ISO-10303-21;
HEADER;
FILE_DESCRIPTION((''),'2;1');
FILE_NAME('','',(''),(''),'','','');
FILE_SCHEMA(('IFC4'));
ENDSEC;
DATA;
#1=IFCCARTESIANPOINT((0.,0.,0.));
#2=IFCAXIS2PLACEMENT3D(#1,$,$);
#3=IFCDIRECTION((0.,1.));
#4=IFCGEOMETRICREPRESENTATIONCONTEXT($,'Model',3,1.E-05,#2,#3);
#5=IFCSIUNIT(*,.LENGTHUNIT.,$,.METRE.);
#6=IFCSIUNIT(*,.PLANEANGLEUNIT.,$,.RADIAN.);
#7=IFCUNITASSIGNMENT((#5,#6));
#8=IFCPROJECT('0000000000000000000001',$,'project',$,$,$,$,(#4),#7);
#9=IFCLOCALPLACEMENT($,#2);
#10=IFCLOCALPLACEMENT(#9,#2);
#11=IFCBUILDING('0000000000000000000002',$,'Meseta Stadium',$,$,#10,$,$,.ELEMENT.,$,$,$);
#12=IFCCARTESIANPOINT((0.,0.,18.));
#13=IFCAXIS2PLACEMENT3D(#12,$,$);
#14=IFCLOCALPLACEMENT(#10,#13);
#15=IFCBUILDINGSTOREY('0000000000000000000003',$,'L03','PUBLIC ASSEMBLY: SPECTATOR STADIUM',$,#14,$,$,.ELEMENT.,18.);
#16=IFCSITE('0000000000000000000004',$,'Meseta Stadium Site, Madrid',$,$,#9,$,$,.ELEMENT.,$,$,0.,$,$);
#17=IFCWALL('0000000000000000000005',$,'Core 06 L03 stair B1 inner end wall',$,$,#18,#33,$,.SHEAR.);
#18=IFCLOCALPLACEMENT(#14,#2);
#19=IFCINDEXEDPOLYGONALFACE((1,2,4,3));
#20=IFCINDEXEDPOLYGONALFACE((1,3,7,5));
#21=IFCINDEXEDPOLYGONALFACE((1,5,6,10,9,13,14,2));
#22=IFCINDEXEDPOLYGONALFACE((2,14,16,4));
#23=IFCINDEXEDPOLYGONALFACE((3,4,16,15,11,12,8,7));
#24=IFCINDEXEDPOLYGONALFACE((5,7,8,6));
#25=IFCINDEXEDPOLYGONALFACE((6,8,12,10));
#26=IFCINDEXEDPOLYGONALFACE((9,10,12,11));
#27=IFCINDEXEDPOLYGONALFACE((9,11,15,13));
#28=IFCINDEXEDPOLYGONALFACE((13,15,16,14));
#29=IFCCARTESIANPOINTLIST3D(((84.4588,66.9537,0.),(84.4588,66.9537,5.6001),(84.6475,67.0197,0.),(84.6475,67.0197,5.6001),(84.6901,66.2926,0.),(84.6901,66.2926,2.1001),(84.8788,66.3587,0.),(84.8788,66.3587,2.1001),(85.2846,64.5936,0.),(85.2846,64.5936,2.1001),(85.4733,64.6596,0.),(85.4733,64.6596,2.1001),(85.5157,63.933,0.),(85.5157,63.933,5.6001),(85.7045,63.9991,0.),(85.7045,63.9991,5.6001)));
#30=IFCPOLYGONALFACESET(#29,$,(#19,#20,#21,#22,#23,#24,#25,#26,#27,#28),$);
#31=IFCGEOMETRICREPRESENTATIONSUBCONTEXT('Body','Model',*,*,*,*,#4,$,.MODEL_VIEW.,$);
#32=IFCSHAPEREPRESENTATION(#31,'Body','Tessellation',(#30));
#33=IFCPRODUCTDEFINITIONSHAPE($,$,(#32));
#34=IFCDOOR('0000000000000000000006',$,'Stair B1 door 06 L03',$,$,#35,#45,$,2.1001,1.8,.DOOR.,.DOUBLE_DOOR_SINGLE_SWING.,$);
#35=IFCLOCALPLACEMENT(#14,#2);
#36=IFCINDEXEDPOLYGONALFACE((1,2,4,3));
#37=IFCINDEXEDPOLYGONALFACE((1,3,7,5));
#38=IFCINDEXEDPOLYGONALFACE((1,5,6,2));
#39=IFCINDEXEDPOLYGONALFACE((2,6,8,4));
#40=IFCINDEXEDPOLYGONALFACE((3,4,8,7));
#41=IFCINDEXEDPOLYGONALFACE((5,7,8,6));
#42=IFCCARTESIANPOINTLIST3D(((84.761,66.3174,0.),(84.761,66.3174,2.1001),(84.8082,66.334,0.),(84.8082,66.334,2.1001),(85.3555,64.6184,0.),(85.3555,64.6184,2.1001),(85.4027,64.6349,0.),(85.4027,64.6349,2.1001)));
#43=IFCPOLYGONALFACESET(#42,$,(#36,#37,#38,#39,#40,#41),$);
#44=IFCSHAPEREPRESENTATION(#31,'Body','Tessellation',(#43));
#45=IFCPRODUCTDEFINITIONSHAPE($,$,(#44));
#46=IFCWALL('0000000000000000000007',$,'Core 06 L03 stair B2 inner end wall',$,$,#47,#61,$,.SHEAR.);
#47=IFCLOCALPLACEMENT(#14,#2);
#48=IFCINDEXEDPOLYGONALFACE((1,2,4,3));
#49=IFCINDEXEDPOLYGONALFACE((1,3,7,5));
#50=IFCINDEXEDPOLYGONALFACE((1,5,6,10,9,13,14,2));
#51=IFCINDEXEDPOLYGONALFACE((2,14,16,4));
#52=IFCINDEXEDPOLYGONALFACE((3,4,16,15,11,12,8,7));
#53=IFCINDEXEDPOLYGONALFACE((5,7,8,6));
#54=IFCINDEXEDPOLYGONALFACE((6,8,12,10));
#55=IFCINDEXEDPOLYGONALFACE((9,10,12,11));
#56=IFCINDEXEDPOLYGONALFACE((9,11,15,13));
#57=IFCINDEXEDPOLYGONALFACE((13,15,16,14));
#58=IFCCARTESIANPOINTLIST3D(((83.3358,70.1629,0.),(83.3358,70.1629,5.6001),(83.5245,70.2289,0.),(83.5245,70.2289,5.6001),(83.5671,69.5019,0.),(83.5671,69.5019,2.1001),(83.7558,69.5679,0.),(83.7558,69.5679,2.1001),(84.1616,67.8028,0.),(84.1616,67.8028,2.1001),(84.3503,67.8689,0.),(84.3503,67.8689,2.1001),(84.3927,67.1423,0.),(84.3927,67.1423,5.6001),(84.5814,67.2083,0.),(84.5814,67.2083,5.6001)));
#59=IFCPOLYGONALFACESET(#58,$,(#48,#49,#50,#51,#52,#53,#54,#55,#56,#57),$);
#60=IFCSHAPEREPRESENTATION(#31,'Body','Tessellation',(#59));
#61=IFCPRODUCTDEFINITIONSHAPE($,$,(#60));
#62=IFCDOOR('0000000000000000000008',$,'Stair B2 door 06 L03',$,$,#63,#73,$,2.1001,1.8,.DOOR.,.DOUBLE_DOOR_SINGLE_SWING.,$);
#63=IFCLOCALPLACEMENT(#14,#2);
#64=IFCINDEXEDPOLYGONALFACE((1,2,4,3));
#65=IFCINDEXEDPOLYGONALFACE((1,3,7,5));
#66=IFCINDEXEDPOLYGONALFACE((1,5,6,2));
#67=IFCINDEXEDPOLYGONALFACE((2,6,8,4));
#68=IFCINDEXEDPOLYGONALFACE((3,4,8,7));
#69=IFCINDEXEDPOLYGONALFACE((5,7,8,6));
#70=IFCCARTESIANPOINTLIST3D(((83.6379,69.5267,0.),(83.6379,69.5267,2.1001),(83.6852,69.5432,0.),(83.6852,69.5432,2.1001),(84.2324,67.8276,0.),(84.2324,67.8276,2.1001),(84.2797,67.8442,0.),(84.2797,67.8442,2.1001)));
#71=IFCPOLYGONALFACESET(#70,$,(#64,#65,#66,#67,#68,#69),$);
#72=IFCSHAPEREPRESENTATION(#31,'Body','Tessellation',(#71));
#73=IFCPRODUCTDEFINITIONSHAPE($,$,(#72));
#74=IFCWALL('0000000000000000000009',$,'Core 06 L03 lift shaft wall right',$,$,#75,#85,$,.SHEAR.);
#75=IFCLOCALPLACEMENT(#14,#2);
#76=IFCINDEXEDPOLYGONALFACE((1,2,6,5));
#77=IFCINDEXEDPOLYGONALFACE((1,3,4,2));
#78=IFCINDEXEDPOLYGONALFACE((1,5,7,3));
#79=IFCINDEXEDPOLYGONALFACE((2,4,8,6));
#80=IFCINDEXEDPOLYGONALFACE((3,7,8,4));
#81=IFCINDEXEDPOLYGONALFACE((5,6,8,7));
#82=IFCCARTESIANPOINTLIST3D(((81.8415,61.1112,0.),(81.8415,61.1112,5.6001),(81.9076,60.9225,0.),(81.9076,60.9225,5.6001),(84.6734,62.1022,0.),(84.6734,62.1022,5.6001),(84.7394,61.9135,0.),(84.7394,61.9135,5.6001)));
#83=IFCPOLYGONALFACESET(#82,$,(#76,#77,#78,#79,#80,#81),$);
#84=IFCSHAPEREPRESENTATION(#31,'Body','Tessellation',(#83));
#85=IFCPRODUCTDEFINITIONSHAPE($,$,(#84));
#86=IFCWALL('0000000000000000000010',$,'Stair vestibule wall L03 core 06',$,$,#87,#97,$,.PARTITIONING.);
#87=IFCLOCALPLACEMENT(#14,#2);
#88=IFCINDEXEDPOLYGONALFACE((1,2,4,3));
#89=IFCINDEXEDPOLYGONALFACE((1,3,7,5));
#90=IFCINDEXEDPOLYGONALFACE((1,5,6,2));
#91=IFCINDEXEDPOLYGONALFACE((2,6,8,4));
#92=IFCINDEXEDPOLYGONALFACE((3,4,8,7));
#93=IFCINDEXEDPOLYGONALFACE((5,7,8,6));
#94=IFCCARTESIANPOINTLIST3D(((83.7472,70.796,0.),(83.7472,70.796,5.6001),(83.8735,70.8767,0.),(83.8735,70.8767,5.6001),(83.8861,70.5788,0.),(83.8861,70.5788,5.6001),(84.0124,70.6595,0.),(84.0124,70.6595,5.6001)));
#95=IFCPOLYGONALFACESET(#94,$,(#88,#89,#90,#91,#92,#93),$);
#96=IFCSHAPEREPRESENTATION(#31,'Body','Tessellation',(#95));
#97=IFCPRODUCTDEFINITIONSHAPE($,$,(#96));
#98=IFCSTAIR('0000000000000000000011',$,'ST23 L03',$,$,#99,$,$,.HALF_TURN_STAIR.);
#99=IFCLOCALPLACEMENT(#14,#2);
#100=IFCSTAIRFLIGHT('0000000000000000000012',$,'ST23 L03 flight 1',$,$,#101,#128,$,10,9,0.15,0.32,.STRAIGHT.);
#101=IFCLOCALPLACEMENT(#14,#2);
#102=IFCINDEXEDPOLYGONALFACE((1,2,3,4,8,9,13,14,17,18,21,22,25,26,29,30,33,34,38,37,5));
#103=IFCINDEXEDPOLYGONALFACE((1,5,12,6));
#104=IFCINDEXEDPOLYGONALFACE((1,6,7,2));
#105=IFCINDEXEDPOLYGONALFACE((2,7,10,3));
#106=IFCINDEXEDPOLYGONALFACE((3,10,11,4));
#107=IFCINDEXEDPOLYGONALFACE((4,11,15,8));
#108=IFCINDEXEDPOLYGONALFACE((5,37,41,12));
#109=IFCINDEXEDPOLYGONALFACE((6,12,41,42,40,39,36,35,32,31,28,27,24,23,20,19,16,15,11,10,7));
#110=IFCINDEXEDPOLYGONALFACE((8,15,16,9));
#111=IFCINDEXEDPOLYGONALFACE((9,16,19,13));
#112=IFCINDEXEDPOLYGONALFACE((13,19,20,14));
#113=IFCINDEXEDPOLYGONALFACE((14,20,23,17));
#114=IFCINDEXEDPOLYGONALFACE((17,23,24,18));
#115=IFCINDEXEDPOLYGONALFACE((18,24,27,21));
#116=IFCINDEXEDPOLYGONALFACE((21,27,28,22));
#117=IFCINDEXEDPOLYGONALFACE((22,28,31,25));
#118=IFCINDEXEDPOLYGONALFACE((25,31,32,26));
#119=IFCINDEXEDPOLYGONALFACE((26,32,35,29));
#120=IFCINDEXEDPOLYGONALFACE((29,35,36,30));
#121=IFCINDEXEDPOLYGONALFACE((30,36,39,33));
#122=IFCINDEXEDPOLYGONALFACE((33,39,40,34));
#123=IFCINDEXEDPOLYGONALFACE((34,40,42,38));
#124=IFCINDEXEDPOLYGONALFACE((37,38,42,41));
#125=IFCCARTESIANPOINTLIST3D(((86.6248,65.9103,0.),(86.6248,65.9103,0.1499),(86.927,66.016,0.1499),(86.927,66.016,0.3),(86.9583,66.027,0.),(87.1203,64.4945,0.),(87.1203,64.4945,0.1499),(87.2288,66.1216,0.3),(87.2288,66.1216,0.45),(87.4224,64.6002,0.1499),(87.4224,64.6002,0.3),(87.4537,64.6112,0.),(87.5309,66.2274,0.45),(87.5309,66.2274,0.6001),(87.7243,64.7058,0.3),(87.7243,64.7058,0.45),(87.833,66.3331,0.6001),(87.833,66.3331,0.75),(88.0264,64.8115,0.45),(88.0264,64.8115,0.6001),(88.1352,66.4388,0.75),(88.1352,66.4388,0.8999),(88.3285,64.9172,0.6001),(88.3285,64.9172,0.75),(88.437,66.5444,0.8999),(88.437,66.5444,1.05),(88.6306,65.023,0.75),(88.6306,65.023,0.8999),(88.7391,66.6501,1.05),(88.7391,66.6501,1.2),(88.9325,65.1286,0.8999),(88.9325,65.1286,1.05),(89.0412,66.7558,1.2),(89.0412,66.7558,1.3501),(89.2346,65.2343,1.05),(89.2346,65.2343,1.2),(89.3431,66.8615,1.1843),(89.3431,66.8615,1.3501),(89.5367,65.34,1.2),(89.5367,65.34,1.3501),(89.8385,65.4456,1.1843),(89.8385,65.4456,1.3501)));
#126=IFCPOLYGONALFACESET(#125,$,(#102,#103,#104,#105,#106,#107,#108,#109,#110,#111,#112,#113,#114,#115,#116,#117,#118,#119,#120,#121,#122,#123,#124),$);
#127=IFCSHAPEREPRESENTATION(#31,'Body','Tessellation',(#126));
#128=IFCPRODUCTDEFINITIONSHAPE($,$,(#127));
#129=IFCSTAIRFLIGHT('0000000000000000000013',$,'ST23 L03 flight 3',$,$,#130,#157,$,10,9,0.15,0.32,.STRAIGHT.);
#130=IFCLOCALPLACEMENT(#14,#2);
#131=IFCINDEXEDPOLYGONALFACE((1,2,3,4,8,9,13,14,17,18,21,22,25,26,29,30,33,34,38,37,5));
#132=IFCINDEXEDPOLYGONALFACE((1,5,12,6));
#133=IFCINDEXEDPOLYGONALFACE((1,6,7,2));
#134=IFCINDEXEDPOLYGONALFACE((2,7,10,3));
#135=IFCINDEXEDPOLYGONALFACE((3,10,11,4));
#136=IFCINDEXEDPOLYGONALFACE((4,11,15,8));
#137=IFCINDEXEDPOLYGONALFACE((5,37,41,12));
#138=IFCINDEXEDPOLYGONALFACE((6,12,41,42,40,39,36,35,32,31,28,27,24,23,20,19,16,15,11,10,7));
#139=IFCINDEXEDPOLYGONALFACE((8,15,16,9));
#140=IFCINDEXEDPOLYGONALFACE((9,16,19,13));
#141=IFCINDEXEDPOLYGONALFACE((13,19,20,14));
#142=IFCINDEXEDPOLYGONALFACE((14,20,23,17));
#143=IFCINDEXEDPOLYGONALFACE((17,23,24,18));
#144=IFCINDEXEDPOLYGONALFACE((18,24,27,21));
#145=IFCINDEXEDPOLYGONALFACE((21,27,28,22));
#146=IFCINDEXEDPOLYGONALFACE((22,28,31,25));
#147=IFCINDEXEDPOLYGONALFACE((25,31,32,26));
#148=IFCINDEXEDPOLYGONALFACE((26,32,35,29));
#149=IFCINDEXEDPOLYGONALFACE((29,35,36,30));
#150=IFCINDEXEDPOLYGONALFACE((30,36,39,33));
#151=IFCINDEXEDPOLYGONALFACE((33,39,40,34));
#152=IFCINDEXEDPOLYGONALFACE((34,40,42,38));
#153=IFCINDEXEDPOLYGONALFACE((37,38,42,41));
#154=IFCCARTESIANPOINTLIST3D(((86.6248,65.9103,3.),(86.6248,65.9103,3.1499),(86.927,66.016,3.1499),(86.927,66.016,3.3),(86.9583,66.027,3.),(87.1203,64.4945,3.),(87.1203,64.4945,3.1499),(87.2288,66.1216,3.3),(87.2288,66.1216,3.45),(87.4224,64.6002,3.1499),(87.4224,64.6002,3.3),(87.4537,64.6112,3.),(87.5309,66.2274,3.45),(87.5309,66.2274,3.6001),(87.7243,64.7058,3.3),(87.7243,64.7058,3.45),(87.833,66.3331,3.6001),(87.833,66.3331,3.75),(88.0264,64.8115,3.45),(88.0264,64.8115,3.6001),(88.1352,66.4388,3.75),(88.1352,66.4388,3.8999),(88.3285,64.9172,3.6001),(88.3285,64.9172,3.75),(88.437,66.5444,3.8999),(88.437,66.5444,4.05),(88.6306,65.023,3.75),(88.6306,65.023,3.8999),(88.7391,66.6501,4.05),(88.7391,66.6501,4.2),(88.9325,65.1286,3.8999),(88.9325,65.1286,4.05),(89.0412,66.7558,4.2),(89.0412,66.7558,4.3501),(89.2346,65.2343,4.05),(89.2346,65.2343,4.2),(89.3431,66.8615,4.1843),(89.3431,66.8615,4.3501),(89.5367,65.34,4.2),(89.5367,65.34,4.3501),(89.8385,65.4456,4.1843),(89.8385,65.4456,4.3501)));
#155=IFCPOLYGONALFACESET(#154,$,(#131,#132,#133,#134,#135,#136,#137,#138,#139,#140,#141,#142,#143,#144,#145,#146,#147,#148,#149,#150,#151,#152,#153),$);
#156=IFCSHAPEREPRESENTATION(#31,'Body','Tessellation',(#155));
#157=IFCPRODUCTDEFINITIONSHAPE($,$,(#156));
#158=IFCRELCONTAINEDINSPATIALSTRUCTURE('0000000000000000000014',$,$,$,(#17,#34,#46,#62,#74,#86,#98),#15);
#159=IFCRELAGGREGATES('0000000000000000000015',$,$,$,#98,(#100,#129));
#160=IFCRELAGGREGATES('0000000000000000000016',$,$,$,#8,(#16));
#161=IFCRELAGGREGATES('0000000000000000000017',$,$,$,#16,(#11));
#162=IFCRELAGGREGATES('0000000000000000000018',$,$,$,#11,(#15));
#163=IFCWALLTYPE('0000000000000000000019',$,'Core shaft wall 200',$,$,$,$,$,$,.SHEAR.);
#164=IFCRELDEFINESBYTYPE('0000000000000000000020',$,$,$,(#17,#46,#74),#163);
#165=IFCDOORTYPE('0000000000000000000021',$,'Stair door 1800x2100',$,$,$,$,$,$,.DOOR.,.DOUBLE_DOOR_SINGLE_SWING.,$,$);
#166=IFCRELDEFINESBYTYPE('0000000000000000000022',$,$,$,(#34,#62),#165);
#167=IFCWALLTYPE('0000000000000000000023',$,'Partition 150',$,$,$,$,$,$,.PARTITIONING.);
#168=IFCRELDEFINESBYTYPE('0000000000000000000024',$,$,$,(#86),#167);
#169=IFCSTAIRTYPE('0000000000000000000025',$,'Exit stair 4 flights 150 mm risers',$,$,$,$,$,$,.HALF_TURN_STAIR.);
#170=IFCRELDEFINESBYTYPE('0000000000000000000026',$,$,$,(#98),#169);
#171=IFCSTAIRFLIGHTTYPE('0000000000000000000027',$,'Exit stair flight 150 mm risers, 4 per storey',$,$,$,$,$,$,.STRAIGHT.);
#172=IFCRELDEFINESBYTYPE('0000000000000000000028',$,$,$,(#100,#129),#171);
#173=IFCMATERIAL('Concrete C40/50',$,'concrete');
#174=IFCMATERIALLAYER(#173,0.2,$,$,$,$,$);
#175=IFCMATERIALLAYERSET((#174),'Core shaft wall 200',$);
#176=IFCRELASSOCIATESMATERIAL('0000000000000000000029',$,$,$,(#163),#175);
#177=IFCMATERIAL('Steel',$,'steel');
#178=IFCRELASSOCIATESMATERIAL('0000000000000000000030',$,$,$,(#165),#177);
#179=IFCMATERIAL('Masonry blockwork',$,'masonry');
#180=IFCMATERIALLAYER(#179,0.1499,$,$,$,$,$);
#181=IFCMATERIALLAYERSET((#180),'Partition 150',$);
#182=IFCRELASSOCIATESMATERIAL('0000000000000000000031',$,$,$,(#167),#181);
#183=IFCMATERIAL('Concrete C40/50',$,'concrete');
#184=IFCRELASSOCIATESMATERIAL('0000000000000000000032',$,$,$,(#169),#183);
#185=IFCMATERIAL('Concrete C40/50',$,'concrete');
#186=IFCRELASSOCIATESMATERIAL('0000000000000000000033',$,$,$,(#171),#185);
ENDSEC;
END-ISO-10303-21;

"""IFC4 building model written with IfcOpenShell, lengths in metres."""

from ifc_helpers import new_model, si_unit, direction, frame, frame_2d, origin, place, context, subcontext, project, spatial, polyline, rectangle, outline, extrude, material, layer, layer_set, type_object, element, fill, aggregate, save


model = new_model("IFC4")

# Units and contexts
model_context = context("Model", 3, precision=1e-05, world=origin(), true_north=direction((0.0, 1.0)))
body_context = subcontext(model_context, "Body", "Model", "MODEL_VIEW")
ifc_project = project(units=[si_unit("LENGTHUNIT", "METRE"), si_unit("PLANEANGLEUNIT", "RADIAN")], contexts=[model_context])

# Site, building, storey
site_placement = place(None, origin())
site = spatial("IfcSite", under=ifc_project, at=site_placement, Name="Meseta Stadium Site, Madrid", CompositionType="ELEMENT", RefElevation=0.0)
building_placement = place(site_placement, origin())
building = spatial("IfcBuilding", under=site, at=building_placement, Name="Meseta Stadium", CompositionType="ELEMENT")
storey_placement = place(building_placement, frame((0.0, 0.0, 18.0)))
storey = spatial("IfcBuildingStorey", under=building, at=storey_placement, Name="L03", Description="PUBLIC ASSEMBLY: SPECTATOR STADIUM", CompositionType="ELEMENT", Elevation=18.0)

# Walls, openings, doors
ifc_material_1 = material(Name="Concrete C40/50", Category="concrete")
ifc_layer_1 = layer(ifc_material_1, 0.2)
ifc_layer_set_1 = layer_set([ifc_layer_1], Name="Core shaft wall 200")
wall_type_1 = type_object("IfcWallType", Name="Core shaft wall 200", PredefinedType="SHEAR", material=ifc_layer_set_1)
wall_1_placement = place(storey_placement, frame((85.6101, 63.9661, 0.0), z_axis=(0.0, 0.0, 1.0), x_axis=(-0.330269, 0.943887, 0.0)))
wall_1 = element("IfcWall", 1, at=wall_1_placement, inside=storey, type_object=wall_type_1, Name="Core 06 L03 stair B1 inner end wall", PredefinedType="SHEAR", context=body_context, shape_type="SweptSolid", body=[
    extrude(rectangle(XDim=3.2002, YDim=0.2, at=frame_2d((1.6001, 0.0))), origin(), (0.0, 0.0, 1.0), 5.6001),
])
opening_1_placement = place(wall_1_placement, frame((0.7, 0.0, 0.0)))
opening_1 = element("IfcOpeningElement", 2, at=opening_1_placement, cuts=wall_1, PredefinedType="OPENING", context=body_context, shape_type="SweptSolid", body=[
    extrude(rectangle(XDim=1.8, YDim=2.1001, at=frame_2d((0.8999, 1.05))), frame((0.0, 0.1099, 0.0), z_axis=(0.0, -1.0, 0.0), x_axis=(1.0, 0.0, 0.0)), (0.0, 0.0, 1.0), 0.22),
])
ifc_material_2 = material(Name="Steel", Category="steel")
door_type = type_object("IfcDoorType", Name="Stair door 1800x2100", OperationType="DOUBLE_DOOR_SINGLE_SWING", PredefinedType="DOOR", material=ifc_material_2)
door_1_placement = place(opening_1_placement, origin())
door_1 = element("IfcDoor", 3, at=door_1_placement, inside=storey, type_object=door_type, Name="Stair B1 door 06 L03", OperationType="DOUBLE_DOOR_SINGLE_SWING", OverallHeight=2.1001, OverallWidth=1.8, PredefinedType="DOOR", context=body_context, shape_type="SweptSolid", body=[
    extrude(rectangle(XDim=1.8, YDim=2.1001, at=frame_2d((0.8999, 1.05))), frame((0.0, 0.0249, 0.0), z_axis=(0.0, -1.0, 0.0), x_axis=(1.0, 0.0, 0.0)), (0.0, 0.0, 1.0), 0.05),
])
fill(opening_1, door_1)
wall_2_placement = place(storey_placement, frame((84.4871, 67.1753, 0.0), z_axis=(0.0, 0.0, 1.0), x_axis=(-0.330269, 0.943887, 0.0)))
wall_2 = element("IfcWall", 4, at=wall_2_placement, inside=storey, type_object=wall_type_1, Name="Core 06 L03 stair B2 inner end wall", PredefinedType="SHEAR", context=body_context, shape_type="SweptSolid", body=[
    extrude(rectangle(XDim=3.2002, YDim=0.2, at=frame_2d((1.6001, 0.0))), origin(), (0.0, 0.0, 1.0), 5.6001),
])
opening_2_placement = place(wall_2_placement, frame((0.7, 0.0, 0.0)))
opening_2 = element("IfcOpeningElement", 5, at=opening_2_placement, cuts=wall_2, PredefinedType="OPENING", context=body_context, shape_type="SweptSolid", body=[
    extrude(rectangle(XDim=1.8, YDim=2.1001, at=frame_2d((0.8999, 1.05))), frame((0.0, 0.1099, 0.0), z_axis=(0.0, -1.0, 0.0), x_axis=(1.0, 0.0, 0.0)), (0.0, 0.0, 1.0), 0.22),
])
door_2_placement = place(opening_2_placement, origin())
door_2 = element("IfcDoor", 6, at=door_2_placement, inside=storey, type_object=door_type, Name="Stair B2 door 06 L03", OperationType="DOUBLE_DOOR_SINGLE_SWING", OverallHeight=2.1001, OverallWidth=1.8, PredefinedType="DOOR", context=body_context, shape_type="SweptSolid", body=[
    extrude(rectangle(XDim=1.8, YDim=2.1001, at=frame_2d((0.8999, 1.05))), frame((0.0, 0.0249, 0.0), z_axis=(0.0, -1.0, 0.0), x_axis=(1.0, 0.0, 0.0)), (0.0, 0.0, 1.0), 0.05),
])
fill(opening_2, door_2)

# Walls
wall_3_placement = place(storey_placement, frame((84.7063, 62.0078, 0.0), z_axis=(0.0, 0.0, 1.0), x_axis=(-0.943875, -0.330303, 0.0)))
element("IfcWall", 7, at=wall_3_placement, inside=storey, type_object=wall_type_1, Name="Core 06 L03 lift shaft wall right", PredefinedType="SHEAR", context=body_context, shape_type="SweptSolid", body=[
    extrude(rectangle(XDim=3.0002, YDim=0.2, at=frame_2d((1.5, 0.0))), origin(), (0.0, 0.0, 1.0), 5.6001),
])
ifc_material_3 = material(Name="Masonry blockwork", Category="masonry")
ifc_layer_2 = layer(ifc_material_3, 0.1499)
ifc_layer_set_2 = layer_set([ifc_layer_2], Name="Partition 150")
wall_type_2 = type_object("IfcWallType", Name="Partition 150", PredefinedType="PARTITIONING", material=ifc_layer_set_2)
wall_4_placement = place(storey_placement, frame((83.9492, 70.6191, 0.0), z_axis=(0.0, 0.0, 1.0), x_axis=(-0.538651, 0.842529, 0.0)))
element("IfcWall", 8, at=wall_4_placement, inside=storey, type_object=wall_type_2, Name="Stair vestibule wall L03 core 06", PredefinedType="PARTITIONING", context=body_context, shape_type="SweptSolid", body=[
    extrude(rectangle(XDim=0.2578, YDim=0.1499, at=frame_2d((0.1289, 0.0))), origin(), (0.0, 0.0, 1.0), 5.6001),
])

# Stair, stair flights
ifc_material_4 = material(Name="Concrete C40/50", Category="concrete")
stair_type = type_object("IfcStairType", Name="Exit stair 4 flights 150 mm risers", PredefinedType="HALF_TURN_STAIR", material=ifc_material_4)
stair_1_placement = place(storey_placement, origin())
stair_1 = element("IfcStair", 9, at=stair_1_placement, inside=storey, type_object=stair_type, Name="ST23 L03", PredefinedType="HALF_TURN_STAIR")
ifc_material_5 = material(Name="Concrete C40/50", Category="concrete")
stair_flight_type = type_object("IfcStairFlightType", Name="Exit stair flight 150 mm risers, 4 per storey", PredefinedType="STRAIGHT", material=ifc_material_5)
stair_flight_1_placement = place(storey_placement, frame((86.8726, 65.2024, 0.0), z_axis=(0.0, 0.0, 1.0), x_axis=(0.943883, 0.330279, 0.0)))
stair_flight_1 = element("IfcStairFlight", 10, at=stair_flight_1_placement, type_object=stair_flight_type, Name="ST23 L03 flight 1", NumberOfRisers=10, NumberOfTreads=9, PredefinedType="STRAIGHT", RiserHeight=0.15, TreadLength=0.32, context=body_context, shape_type="SweptSolid", body=[
    extrude(outline(polyline([(0.0, 0.0), (0.0, 0.1499), (0.3201, 0.1499), (0.3201, 0.3), (0.6399, 0.3), (0.6399, 0.45), (0.96, 0.45), (0.96, 0.6001), (1.28, 0.6001), (1.28, 0.75), (1.6001, 0.75), (1.6001, 0.8999), (1.9199, 0.8999), (1.9199, 1.05), (2.24, 1.05), (2.24, 1.2), (2.5601, 1.2), (2.5601, 1.3501), (2.8799, 1.3501), (2.8799, 1.1843), (0.3533, 0.0), (0.0, 0.0)])), frame((0.0, 0.75, 0.0), z_axis=(0.0, -1.0, 0.0), x_axis=(1.0, 0.0, 0.0)), (0.0, 0.0, 1.0), 1.5),
])
stair_flight_2_placement = place(storey_placement, frame((86.8726, 65.2024, 3.0), z_axis=(0.0, 0.0, 1.0), x_axis=(0.943883, 0.330279, 0.0)))
stair_flight_2 = element("IfcStairFlight", 11, at=stair_flight_2_placement, type_object=stair_flight_type, Name="ST23 L03 flight 3", NumberOfRisers=10, NumberOfTreads=9, PredefinedType="STRAIGHT", RiserHeight=0.15, TreadLength=0.32, context=body_context, shape_type="SweptSolid", body=[
    extrude(outline(polyline([(0.0, 0.0), (0.0, 0.1499), (0.3201, 0.1499), (0.3201, 0.3), (0.6399, 0.3), (0.6399, 0.45), (0.96, 0.45), (0.96, 0.6001), (1.28, 0.6001), (1.28, 0.75), (1.6001, 0.75), (1.6001, 0.8999), (1.9199, 0.8999), (1.9199, 1.05), (2.24, 1.05), (2.24, 1.2), (2.5601, 1.2), (2.5601, 1.3501), (2.8799, 1.3501), (2.8799, 1.1843), (0.3533, 0.0), (0.0, 0.0)])), frame((0.0, 0.75, 0.0), z_axis=(0.0, -1.0, 0.0), x_axis=(1.0, 0.0, 0.0)), (0.0, 0.0, 1.0), 1.5),
])
aggregate(stair_1, [stair_flight_1, stair_flight_2])

save(model, "model.ifc")
